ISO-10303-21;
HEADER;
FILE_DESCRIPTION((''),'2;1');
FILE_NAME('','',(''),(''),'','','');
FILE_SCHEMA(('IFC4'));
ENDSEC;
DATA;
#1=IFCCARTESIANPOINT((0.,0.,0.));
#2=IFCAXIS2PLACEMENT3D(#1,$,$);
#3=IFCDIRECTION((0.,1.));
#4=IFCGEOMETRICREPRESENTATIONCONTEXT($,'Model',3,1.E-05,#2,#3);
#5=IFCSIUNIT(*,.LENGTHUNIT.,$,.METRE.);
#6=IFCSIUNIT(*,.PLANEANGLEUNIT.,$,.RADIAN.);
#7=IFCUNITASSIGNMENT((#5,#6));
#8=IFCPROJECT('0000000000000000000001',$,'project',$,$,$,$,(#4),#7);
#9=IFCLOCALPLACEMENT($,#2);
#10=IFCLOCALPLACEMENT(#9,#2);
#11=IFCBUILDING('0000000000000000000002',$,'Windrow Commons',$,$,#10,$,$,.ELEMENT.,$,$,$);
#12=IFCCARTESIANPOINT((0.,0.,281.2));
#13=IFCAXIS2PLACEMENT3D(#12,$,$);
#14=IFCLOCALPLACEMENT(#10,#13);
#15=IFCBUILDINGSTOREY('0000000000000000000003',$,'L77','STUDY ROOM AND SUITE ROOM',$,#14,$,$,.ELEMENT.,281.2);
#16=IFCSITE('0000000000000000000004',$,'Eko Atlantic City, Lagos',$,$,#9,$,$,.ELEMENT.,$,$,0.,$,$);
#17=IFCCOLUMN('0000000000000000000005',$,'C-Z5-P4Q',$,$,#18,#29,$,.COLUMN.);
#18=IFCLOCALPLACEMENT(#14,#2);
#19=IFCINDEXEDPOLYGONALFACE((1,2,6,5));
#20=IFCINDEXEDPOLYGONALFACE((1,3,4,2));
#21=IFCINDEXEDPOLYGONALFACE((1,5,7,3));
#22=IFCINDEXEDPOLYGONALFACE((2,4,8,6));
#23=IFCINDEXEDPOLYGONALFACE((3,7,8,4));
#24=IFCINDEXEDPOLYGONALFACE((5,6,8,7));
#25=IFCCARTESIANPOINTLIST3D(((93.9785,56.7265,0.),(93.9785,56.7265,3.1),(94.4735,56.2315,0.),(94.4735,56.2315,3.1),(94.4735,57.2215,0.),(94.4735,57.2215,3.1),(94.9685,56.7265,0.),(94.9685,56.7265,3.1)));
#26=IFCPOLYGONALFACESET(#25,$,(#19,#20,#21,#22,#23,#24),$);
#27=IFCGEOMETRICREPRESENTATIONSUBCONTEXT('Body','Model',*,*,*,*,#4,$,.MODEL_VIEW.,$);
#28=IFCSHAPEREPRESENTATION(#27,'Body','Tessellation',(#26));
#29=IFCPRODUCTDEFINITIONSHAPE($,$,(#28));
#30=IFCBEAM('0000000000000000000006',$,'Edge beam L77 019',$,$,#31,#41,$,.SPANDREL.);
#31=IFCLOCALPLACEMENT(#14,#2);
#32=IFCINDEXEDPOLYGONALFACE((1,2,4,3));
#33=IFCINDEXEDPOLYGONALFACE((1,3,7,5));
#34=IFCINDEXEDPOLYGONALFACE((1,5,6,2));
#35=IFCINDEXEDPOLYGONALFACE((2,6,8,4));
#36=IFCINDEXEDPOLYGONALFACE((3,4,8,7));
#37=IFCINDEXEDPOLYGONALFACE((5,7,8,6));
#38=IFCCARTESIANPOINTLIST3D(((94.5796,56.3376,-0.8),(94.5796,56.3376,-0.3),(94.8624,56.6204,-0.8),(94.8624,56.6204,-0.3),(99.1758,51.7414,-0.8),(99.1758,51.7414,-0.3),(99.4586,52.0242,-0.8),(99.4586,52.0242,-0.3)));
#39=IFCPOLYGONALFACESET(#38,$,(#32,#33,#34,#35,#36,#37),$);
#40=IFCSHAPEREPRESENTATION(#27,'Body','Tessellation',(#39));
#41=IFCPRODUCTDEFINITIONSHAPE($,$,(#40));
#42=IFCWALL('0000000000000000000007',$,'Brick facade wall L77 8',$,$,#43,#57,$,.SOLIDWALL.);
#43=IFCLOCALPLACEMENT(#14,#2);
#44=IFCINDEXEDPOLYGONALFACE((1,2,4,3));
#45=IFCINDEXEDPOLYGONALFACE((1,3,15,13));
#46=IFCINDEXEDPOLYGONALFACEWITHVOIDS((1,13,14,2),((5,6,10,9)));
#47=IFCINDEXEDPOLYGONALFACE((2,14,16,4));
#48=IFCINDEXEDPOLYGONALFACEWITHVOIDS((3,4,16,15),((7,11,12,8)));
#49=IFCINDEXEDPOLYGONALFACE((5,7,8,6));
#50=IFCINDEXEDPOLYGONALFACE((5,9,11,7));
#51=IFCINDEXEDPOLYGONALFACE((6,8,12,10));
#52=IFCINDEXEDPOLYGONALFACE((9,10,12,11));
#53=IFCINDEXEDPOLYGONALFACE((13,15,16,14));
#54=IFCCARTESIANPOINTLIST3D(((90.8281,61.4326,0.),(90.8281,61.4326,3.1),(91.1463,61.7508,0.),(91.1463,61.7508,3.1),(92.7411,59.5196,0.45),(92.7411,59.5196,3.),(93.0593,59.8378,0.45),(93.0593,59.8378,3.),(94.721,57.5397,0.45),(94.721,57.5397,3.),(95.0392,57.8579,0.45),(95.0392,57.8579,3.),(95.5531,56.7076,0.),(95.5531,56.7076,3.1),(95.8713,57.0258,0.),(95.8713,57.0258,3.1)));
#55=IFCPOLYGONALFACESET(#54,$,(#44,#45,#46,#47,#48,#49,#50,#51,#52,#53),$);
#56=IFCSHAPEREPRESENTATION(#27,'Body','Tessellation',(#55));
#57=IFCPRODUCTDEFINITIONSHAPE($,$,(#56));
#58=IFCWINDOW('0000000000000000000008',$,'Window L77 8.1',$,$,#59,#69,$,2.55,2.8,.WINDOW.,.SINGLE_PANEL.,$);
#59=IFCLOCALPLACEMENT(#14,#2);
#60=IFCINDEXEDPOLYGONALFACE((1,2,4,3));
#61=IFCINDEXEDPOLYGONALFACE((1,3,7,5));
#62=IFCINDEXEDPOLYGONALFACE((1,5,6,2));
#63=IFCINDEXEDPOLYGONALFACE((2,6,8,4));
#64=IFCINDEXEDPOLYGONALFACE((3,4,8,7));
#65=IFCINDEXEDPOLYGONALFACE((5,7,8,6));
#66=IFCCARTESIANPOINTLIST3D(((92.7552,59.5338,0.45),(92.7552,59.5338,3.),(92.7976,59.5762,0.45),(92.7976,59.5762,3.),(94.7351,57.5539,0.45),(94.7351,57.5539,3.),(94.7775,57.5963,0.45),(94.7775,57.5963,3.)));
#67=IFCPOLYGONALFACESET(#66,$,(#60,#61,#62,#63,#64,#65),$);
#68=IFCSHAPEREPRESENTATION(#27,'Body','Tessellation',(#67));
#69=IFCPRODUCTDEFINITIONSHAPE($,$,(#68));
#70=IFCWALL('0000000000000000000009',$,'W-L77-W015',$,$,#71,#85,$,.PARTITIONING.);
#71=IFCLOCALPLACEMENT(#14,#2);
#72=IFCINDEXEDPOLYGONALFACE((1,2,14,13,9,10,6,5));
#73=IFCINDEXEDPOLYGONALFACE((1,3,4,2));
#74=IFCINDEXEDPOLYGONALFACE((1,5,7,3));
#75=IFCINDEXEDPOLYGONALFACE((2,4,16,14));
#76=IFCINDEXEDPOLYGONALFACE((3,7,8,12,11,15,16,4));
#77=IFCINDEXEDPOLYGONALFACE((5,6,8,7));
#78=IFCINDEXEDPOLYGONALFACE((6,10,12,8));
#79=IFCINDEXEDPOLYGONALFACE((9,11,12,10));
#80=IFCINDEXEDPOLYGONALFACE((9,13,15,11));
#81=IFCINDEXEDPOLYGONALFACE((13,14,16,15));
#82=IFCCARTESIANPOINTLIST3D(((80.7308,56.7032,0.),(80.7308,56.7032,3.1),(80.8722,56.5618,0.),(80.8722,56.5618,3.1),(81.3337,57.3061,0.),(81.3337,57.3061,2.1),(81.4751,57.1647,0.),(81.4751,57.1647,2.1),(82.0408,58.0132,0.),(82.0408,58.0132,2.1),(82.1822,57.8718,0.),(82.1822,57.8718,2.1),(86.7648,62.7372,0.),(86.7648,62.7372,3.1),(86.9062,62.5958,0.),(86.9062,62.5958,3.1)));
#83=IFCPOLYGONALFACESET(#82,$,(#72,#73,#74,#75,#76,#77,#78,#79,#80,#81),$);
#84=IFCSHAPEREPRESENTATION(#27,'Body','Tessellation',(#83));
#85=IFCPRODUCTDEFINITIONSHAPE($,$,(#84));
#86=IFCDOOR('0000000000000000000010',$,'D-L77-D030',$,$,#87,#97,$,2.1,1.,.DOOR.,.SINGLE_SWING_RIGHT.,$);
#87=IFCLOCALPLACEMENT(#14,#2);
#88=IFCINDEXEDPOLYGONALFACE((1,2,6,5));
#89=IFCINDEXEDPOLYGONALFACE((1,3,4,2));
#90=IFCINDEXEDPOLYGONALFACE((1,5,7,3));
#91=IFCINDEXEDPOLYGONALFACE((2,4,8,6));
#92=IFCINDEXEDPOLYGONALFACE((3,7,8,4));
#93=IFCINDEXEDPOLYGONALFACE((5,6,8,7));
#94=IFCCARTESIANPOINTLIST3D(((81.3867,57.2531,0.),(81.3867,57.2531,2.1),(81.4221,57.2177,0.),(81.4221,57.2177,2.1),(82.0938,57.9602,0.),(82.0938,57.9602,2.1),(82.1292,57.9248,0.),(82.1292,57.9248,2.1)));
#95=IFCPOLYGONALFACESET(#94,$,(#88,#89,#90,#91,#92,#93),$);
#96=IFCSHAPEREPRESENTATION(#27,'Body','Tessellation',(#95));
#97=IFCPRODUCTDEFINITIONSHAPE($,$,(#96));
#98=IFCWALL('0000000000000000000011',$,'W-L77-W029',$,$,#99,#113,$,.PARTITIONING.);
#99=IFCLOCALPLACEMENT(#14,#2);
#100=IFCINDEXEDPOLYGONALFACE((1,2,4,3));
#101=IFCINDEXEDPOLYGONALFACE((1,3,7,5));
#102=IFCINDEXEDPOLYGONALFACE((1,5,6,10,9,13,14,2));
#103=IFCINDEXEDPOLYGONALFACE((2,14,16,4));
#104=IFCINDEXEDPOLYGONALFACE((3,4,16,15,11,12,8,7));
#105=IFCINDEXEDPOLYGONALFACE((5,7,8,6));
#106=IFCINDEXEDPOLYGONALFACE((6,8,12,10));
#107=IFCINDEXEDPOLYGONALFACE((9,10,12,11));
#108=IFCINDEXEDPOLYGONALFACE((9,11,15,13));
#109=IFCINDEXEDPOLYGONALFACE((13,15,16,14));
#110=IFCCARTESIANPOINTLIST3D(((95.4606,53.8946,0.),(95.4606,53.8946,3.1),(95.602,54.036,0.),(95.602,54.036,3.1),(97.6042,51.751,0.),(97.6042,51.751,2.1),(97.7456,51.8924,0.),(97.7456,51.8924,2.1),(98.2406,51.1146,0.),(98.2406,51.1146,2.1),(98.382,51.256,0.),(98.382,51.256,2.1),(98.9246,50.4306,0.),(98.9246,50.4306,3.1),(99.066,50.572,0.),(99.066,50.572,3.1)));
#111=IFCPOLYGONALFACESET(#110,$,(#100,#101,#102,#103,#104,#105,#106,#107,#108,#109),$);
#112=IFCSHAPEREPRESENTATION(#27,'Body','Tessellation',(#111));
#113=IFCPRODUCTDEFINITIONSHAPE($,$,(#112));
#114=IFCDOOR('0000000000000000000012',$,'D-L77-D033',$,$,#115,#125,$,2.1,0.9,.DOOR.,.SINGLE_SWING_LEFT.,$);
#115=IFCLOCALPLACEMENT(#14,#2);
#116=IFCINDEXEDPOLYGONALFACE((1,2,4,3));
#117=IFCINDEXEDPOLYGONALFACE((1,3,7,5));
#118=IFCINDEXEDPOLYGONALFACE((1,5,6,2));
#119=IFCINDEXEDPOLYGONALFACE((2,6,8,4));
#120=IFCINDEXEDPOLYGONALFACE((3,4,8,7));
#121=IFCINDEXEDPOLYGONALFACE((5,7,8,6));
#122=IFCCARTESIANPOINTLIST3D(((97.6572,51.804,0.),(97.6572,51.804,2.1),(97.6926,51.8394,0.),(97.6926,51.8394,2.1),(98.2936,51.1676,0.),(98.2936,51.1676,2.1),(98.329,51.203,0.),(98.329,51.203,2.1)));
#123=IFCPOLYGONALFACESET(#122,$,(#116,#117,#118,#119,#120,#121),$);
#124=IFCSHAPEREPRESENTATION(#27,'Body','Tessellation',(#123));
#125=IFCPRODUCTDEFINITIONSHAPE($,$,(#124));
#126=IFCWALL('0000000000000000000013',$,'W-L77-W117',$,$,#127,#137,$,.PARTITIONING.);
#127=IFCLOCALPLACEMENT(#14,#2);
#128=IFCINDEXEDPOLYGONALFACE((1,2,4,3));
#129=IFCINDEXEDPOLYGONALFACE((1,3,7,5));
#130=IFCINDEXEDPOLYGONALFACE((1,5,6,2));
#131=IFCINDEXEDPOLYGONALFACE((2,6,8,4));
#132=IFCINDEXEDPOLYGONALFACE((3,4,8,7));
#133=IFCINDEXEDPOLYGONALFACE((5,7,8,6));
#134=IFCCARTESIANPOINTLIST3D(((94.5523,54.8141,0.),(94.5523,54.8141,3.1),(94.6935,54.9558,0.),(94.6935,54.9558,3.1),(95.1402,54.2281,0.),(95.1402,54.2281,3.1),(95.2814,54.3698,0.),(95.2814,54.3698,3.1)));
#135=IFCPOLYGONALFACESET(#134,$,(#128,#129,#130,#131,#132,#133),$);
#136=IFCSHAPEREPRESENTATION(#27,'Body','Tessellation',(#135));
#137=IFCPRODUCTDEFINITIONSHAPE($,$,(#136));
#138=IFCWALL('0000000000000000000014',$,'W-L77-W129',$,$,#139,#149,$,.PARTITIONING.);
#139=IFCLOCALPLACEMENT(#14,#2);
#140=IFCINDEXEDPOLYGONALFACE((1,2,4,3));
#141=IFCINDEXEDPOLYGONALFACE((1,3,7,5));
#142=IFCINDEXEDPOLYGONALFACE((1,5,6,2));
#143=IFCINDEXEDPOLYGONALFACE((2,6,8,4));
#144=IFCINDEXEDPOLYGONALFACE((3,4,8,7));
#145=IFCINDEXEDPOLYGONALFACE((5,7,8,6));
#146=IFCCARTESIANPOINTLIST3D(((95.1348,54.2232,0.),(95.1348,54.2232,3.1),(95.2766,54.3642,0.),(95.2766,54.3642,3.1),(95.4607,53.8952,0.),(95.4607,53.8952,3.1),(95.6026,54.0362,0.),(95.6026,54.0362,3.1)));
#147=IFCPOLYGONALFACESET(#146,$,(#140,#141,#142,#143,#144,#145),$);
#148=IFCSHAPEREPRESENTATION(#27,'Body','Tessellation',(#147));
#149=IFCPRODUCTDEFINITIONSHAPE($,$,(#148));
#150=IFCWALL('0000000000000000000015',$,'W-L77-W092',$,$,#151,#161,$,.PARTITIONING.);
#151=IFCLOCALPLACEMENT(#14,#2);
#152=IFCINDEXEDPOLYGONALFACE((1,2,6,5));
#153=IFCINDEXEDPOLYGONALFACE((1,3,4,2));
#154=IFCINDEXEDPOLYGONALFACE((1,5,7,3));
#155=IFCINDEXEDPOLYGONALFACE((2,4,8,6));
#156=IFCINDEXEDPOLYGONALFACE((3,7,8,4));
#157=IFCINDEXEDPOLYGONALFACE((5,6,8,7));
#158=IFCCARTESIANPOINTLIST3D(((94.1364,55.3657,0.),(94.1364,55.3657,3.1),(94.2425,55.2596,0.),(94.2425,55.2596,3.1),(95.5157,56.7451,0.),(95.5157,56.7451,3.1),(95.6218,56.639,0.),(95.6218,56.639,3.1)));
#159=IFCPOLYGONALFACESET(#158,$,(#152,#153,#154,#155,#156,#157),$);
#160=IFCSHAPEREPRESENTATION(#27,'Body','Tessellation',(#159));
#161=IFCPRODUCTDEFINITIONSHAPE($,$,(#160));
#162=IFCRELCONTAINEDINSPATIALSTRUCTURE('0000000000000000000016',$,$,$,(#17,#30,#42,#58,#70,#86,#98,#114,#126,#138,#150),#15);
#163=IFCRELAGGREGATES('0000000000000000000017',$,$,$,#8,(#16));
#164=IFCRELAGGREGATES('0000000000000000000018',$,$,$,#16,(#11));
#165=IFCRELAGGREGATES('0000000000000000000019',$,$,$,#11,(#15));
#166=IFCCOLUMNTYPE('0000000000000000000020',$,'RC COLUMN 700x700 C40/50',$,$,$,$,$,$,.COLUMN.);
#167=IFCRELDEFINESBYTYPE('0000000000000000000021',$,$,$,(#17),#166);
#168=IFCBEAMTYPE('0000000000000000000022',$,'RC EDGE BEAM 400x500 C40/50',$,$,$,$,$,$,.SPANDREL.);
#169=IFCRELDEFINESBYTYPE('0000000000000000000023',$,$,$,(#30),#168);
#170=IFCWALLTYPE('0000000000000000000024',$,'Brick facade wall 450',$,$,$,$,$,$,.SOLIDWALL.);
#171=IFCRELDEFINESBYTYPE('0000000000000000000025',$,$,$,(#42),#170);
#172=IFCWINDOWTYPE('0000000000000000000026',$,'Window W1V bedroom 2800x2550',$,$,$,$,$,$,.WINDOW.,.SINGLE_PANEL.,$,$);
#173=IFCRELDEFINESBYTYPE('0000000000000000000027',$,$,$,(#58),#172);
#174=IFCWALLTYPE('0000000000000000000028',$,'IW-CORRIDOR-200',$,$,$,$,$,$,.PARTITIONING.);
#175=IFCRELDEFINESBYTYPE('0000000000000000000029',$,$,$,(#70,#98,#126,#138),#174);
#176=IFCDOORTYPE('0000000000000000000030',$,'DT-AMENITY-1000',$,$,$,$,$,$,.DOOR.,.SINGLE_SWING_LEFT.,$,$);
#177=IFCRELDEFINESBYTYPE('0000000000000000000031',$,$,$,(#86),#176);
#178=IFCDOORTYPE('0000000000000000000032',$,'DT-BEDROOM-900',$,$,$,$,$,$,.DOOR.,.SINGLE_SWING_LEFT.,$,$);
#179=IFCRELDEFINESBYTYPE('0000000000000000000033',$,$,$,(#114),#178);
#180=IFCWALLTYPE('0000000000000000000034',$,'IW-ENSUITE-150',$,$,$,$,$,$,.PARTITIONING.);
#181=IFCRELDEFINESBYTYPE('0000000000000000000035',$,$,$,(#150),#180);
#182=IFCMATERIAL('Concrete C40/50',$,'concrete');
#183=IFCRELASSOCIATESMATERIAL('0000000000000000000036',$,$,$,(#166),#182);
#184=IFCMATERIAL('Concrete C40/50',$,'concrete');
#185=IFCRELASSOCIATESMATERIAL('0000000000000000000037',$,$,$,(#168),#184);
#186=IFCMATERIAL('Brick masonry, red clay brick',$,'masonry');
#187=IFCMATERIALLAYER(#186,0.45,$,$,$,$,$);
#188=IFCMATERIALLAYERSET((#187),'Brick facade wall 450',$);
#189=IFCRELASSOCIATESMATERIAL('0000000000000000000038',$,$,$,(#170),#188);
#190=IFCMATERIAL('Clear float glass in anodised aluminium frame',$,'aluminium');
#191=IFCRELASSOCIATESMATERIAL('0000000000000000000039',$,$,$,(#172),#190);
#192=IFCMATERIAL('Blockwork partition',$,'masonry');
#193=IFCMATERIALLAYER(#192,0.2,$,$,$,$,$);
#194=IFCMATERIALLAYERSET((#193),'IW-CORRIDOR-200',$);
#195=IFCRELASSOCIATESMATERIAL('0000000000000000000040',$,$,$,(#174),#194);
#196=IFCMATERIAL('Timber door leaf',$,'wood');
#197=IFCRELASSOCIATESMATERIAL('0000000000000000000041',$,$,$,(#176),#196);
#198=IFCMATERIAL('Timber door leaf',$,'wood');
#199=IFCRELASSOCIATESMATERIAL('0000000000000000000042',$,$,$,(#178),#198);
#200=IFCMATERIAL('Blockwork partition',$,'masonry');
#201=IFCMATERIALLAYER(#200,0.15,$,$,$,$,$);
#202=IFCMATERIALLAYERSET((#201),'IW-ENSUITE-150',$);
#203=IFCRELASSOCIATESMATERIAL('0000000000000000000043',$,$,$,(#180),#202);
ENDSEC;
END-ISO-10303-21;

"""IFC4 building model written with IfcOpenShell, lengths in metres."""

from ifc_helpers import new_model, si_unit, direction, frame, frame_2d, origin, origin_2d, place, context, subcontext, project, spatial, polyline, rectangle, outline, extrude, material, layer, layer_set, material_profile, profile_set, type_object, element, fill, save


model = new_model("IFC4")

# Units and contexts
model_context = context("Model", 3, precision=1e-05, world=origin(), true_north=direction((0.0, 1.0)))
body_context = subcontext(model_context, "Body", "Model", "MODEL_VIEW")
ifc_project = project(units=[si_unit("LENGTHUNIT", "METRE"), si_unit("PLANEANGLEUNIT", "RADIAN")], contexts=[model_context])

# Site, building, storey
site_placement = place(None, origin())
site = spatial("IfcSite", under=ifc_project, at=site_placement, Name="Eko Atlantic City, Lagos", CompositionType="ELEMENT", RefElevation=0.0)
building_placement = place(site_placement, origin())
building = spatial("IfcBuilding", under=site, at=building_placement, Name="Windrow Commons", CompositionType="ELEMENT")
storey_placement = place(building_placement, frame((0.0, 0.0, 281.2)))
storey = spatial("IfcBuildingStorey", under=building, at=storey_placement, Name="L77", Description="STUDY ROOM AND SUITE ROOM", CompositionType="ELEMENT", Elevation=281.2)

# Column
ifc_material_1 = material(Name="Concrete C40/50", Category="concrete")
ifc_material_profile_1 = material_profile(ifc_material_1, rectangle(XDim=0.7, YDim=0.7, at=origin_2d()))
ifc_profile_set_1 = profile_set([ifc_material_profile_1], Name="Concrete C40/50")
column_type = type_object("IfcColumnType", Name="RC COLUMN 700x700 C40/50", PredefinedType="COLUMN", material=ifc_profile_set_1)
column_placement = place(storey_placement, frame((94.4735, 56.7265, 0.0), z_axis=(0.0, 0.0, 1.0), x_axis=(0.707107, -0.707107, 0.0)))
element("IfcColumn", 1, at=column_placement, inside=storey, type_object=column_type, Name="C-Z5-P4Q", PredefinedType="COLUMN", context=body_context, shape_type="SweptSolid", body=[
    extrude(rectangle(XDim=0.7, YDim=0.7, at=origin_2d()), origin(), (0.0, 0.0, 1.0), 3.1),
])

# Beam
ifc_material_2 = material(Name="Concrete C40/50", Category="concrete")
ifc_material_profile_2 = material_profile(ifc_material_2, rectangle(XDim=0.4, YDim=0.5, at=origin_2d()))
ifc_profile_set_2 = profile_set([ifc_material_profile_2], Name="Concrete C40/50")
beam_type = type_object("IfcBeamType", Name="RC EDGE BEAM 400x500 C40/50", PredefinedType="SPANDREL", material=ifc_profile_set_2)
beam_placement = place(storey_placement, frame((94.721, 56.479, -0.55), z_axis=(0.707107, -0.707107, 0.0), x_axis=(0.707107, 0.707107, 0.0)))
element("IfcBeam", 2, at=beam_placement, inside=storey, type_object=beam_type, Name="Edge beam L77 019", PredefinedType="SPANDREL", context=body_context, shape_type="SweptSolid", body=[
    extrude(rectangle(XDim=0.4, YDim=0.5, at=origin_2d()), origin(), (0.0, 0.0, 1.0), 6.5),
])

# Wall, opening, window
ifc_material_3 = material(Name="Brick masonry, red clay brick", Category="masonry")
ifc_layer_1 = layer(ifc_material_3, 0.45)
ifc_layer_set_1 = layer_set([ifc_layer_1], Name="Brick facade wall 450")
wall_type_1 = type_object("IfcWallType", Name="Brick facade wall 450", PredefinedType="SOLIDWALL", material=ifc_layer_set_1)
wall_1_placement = place(storey_placement, frame((95.7122, 56.8667, 0.0), z_axis=(0.0, 0.0, 1.0), x_axis=(-0.707107, 0.707107, 0.0)))
wall_1 = element("IfcWall", 3, at=wall_1_placement, inside=storey, type_object=wall_type_1, Name="Brick facade wall L77 8", PredefinedType="SOLIDWALL", context=body_context, shape_type="SweptSolid", body=[
    extrude(outline(polyline([(0.0, -0.225), (6.6821, -0.225), (6.6821, 0.225), (0.0, 0.225), (0.0, -0.225)])), origin(), (0.0, 0.0, 1.0), 3.1),
])
opening_1_placement = place(wall_1_placement, frame((1.1768, 0.0, 0.45)))
opening_1 = element("IfcOpeningElement", 4, at=opening_1_placement, cuts=wall_1, PredefinedType="OPENING", context=body_context, shape_type="SweptSolid", body=[
    extrude(rectangle(XDim=2.8, YDim=2.55, at=frame_2d((1.4, 1.275))), frame((0.0, 0.235, 0.0), z_axis=(0.0, -1.0, 0.0), x_axis=(1.0, 0.0, 0.0)), (0.0, 0.0, 1.0), 0.47),
])
ifc_material_4 = material(Name="Clear float glass in anodised aluminium frame", Category="aluminium")
window_type = type_object("IfcWindowType", Name="Window W1V bedroom 2800x2550", PartitioningType="SINGLE_PANEL", PredefinedType="WINDOW", material=ifc_material_4)
window_placement = place(opening_1_placement, origin())
window = element("IfcWindow", 5, at=window_placement, inside=storey, type_object=window_type, Name="Window L77 8.1", OverallHeight=2.55, OverallWidth=2.8, PartitioningType="SINGLE_PANEL", PredefinedType="WINDOW", context=body_context, shape_type="SweptSolid", body=[
    extrude(rectangle(XDim=2.8, YDim=2.55, at=frame_2d((1.4, 1.275))), frame((0.0, 0.205, 0.0), z_axis=(0.0, -1.0, 0.0), x_axis=(1.0, 0.0, 0.0)), (0.0, 0.0, 1.0), 0.06),
])
fill(opening_1, window)

# Walls, openings, doors
ifc_material_5 = material(Name="Blockwork partition", Category="masonry")
ifc_layer_2 = layer(ifc_material_5, 0.2)
ifc_layer_set_2 = layer_set([ifc_layer_2], Name="IW-CORRIDOR-200")
wall_type_2 = type_object("IfcWallType", Name="IW-CORRIDOR-200", PredefinedType="PARTITIONING", material=ifc_layer_set_2)
wall_2_placement = place(storey_placement, frame((80.8015, 56.6325, 0.0), z_axis=(0.0, 0.0, 1.0), x_axis=(0.707107, 0.707107, 0.0)))
wall_2 = element("IfcWall", 6, at=wall_2_placement, inside=storey, type_object=wall_type_2, Name="W-L77-W015", PredefinedType="PARTITIONING", context=body_context, shape_type="SweptSolid", body=[
    extrude(rectangle(XDim=8.5334, YDim=0.2, at=frame_2d((4.2667, 0.0))), origin(), (0.0, 0.0, 1.0), 3.1),
])
opening_2_placement = place(wall_2_placement, frame((0.8526, 0.0, 0.0)))
opening_2 = element("IfcOpeningElement", 7, at=opening_2_placement, cuts=wall_2, PredefinedType="OPENING", context=body_context, shape_type="SweptSolid", body=[
    extrude(rectangle(XDim=1.0, YDim=2.1, at=frame_2d((0.5, 1.05))), frame((0.0, 0.11, 0.0), z_axis=(0.0, -1.0, 0.0), x_axis=(1.0, 0.0, 0.0)), (0.0, 0.0, 1.0), 0.22),
])
ifc_material_6 = material(Name="Timber door leaf", Category="wood")
door_type_1 = type_object("IfcDoorType", Name="DT-AMENITY-1000", OperationType="SINGLE_SWING_LEFT", PredefinedType="DOOR", material=ifc_material_6)
door_1_placement = place(opening_2_placement, origin())
door_1 = element("IfcDoor", 8, at=door_1_placement, inside=storey, type_object=door_type_1, Name="D-L77-D030", OperationType="SINGLE_SWING_RIGHT", OverallHeight=2.1, OverallWidth=1.0, PredefinedType="DOOR", context=body_context, shape_type="SweptSolid", body=[
    extrude(rectangle(XDim=1.0, YDim=2.1, at=frame_2d((0.5, 1.05))), frame((0.0, 0.025, 0.0), z_axis=(0.0, -1.0, 0.0), x_axis=(1.0, 0.0, 0.0)), (0.0, 0.0, 1.0), 0.05),
])
fill(opening_2, door_1)
wall_3_placement = place(storey_placement, frame((95.5313, 53.9653, 0.0), z_axis=(0.0, 0.0, 1.0), x_axis=(0.707107, -0.707107, 0.0)))
wall_3 = element("IfcWall", 9, at=wall_3_placement, inside=storey, type_object=wall_type_2, Name="W-L77-W029", PredefinedType="PARTITIONING", context=body_context, shape_type="SweptSolid", body=[
    extrude(rectangle(XDim=4.8988, YDim=0.2, at=frame_2d((2.4494, 0.0))), origin(), (0.0, 0.0, 1.0), 3.1),
])
opening_3_placement = place(wall_3_placement, frame((3.0315, 0.0, 0.0)))
opening_3 = element("IfcOpeningElement", 10, at=opening_3_placement, cuts=wall_3, PredefinedType="OPENING", context=body_context, shape_type="SweptSolid", body=[
    extrude(rectangle(XDim=0.9, YDim=2.1, at=frame_2d((0.45, 1.05))), frame((0.0, 0.11, 0.0), z_axis=(0.0, -1.0, 0.0), x_axis=(1.0, 0.0, 0.0)), (0.0, 0.0, 1.0), 0.22),
])
ifc_material_7 = material(Name="Timber door leaf", Category="wood")
door_type_2 = type_object("IfcDoorType", Name="DT-BEDROOM-900", OperationType="SINGLE_SWING_LEFT", PredefinedType="DOOR", material=ifc_material_7)
door_2_placement = place(opening_3_placement, origin())
door_2 = element("IfcDoor", 11, at=door_2_placement, inside=storey, type_object=door_type_2, Name="D-L77-D033", OperationType="SINGLE_SWING_LEFT", OverallHeight=2.1, OverallWidth=0.9, PredefinedType="DOOR", context=body_context, shape_type="SweptSolid", body=[
    extrude(rectangle(XDim=0.9, YDim=2.1, at=frame_2d((0.45, 1.05))), frame((0.0, 0.025, 0.0), z_axis=(0.0, -1.0, 0.0), x_axis=(1.0, 0.0, 0.0)), (0.0, 0.0, 1.0), 0.05),
])
fill(opening_3, door_2)

# Walls
wall_4_placement = place(storey_placement, frame((94.6229, 54.8849, 0.0), z_axis=(0.0, 0.0, 1.0), x_axis=(0.70831, -0.705901, 0.0)))
element("IfcWall", 12, at=wall_4_placement, inside=storey, type_object=wall_type_2, Name="W-L77-W117", PredefinedType="PARTITIONING", context=body_context, shape_type="SweptSolid", body=[
    extrude(rectangle(XDim=0.8301, YDim=0.2, at=frame_2d((0.415, 0.0))), origin(), (0.0, 0.0, 1.0), 3.1),
])
wall_5_placement = place(storey_placement, frame((95.2057, 54.2937, 0.0), z_axis=(0.0, 0.0, 1.0), x_axis=(0.704941, -0.709266, 0.0)))
element("IfcWall", 13, at=wall_5_placement, inside=storey, type_object=wall_type_2, Name="W-L77-W129", PredefinedType="PARTITIONING", context=body_context, shape_type="SweptSolid", body=[
    extrude(rectangle(XDim=0.4624, YDim=0.2, at=frame_2d((0.2312, 0.0))), origin(), (0.0, 0.0, 1.0), 3.1),
])
ifc_material_8 = material(Name="Blockwork partition", Category="masonry")
ifc_layer_3 = layer(ifc_material_8, 0.15)
ifc_layer_set_3 = layer_set([ifc_layer_3], Name="IW-ENSUITE-150")
wall_type_3 = type_object("IfcWallType", Name="IW-ENSUITE-150", PredefinedType="PARTITIONING", material=ifc_layer_set_3)
wall_6_placement = place(storey_placement, frame((94.1894, 55.3126, 0.0), z_axis=(0.0, 0.0, 1.0), x_axis=(0.707081, 0.707132, 0.0)))
element("IfcWall", 14, at=wall_6_placement, inside=storey, type_object=wall_type_3, Name="W-L77-W092", PredefinedType="PARTITIONING", context=body_context, shape_type="SweptSolid", body=[
    extrude(rectangle(XDim=1.9507, YDim=0.15, at=frame_2d((0.9754, 0.0))), origin(), (0.0, 0.0, 1.0), 3.1),
])

save(model, "model.ifc")
